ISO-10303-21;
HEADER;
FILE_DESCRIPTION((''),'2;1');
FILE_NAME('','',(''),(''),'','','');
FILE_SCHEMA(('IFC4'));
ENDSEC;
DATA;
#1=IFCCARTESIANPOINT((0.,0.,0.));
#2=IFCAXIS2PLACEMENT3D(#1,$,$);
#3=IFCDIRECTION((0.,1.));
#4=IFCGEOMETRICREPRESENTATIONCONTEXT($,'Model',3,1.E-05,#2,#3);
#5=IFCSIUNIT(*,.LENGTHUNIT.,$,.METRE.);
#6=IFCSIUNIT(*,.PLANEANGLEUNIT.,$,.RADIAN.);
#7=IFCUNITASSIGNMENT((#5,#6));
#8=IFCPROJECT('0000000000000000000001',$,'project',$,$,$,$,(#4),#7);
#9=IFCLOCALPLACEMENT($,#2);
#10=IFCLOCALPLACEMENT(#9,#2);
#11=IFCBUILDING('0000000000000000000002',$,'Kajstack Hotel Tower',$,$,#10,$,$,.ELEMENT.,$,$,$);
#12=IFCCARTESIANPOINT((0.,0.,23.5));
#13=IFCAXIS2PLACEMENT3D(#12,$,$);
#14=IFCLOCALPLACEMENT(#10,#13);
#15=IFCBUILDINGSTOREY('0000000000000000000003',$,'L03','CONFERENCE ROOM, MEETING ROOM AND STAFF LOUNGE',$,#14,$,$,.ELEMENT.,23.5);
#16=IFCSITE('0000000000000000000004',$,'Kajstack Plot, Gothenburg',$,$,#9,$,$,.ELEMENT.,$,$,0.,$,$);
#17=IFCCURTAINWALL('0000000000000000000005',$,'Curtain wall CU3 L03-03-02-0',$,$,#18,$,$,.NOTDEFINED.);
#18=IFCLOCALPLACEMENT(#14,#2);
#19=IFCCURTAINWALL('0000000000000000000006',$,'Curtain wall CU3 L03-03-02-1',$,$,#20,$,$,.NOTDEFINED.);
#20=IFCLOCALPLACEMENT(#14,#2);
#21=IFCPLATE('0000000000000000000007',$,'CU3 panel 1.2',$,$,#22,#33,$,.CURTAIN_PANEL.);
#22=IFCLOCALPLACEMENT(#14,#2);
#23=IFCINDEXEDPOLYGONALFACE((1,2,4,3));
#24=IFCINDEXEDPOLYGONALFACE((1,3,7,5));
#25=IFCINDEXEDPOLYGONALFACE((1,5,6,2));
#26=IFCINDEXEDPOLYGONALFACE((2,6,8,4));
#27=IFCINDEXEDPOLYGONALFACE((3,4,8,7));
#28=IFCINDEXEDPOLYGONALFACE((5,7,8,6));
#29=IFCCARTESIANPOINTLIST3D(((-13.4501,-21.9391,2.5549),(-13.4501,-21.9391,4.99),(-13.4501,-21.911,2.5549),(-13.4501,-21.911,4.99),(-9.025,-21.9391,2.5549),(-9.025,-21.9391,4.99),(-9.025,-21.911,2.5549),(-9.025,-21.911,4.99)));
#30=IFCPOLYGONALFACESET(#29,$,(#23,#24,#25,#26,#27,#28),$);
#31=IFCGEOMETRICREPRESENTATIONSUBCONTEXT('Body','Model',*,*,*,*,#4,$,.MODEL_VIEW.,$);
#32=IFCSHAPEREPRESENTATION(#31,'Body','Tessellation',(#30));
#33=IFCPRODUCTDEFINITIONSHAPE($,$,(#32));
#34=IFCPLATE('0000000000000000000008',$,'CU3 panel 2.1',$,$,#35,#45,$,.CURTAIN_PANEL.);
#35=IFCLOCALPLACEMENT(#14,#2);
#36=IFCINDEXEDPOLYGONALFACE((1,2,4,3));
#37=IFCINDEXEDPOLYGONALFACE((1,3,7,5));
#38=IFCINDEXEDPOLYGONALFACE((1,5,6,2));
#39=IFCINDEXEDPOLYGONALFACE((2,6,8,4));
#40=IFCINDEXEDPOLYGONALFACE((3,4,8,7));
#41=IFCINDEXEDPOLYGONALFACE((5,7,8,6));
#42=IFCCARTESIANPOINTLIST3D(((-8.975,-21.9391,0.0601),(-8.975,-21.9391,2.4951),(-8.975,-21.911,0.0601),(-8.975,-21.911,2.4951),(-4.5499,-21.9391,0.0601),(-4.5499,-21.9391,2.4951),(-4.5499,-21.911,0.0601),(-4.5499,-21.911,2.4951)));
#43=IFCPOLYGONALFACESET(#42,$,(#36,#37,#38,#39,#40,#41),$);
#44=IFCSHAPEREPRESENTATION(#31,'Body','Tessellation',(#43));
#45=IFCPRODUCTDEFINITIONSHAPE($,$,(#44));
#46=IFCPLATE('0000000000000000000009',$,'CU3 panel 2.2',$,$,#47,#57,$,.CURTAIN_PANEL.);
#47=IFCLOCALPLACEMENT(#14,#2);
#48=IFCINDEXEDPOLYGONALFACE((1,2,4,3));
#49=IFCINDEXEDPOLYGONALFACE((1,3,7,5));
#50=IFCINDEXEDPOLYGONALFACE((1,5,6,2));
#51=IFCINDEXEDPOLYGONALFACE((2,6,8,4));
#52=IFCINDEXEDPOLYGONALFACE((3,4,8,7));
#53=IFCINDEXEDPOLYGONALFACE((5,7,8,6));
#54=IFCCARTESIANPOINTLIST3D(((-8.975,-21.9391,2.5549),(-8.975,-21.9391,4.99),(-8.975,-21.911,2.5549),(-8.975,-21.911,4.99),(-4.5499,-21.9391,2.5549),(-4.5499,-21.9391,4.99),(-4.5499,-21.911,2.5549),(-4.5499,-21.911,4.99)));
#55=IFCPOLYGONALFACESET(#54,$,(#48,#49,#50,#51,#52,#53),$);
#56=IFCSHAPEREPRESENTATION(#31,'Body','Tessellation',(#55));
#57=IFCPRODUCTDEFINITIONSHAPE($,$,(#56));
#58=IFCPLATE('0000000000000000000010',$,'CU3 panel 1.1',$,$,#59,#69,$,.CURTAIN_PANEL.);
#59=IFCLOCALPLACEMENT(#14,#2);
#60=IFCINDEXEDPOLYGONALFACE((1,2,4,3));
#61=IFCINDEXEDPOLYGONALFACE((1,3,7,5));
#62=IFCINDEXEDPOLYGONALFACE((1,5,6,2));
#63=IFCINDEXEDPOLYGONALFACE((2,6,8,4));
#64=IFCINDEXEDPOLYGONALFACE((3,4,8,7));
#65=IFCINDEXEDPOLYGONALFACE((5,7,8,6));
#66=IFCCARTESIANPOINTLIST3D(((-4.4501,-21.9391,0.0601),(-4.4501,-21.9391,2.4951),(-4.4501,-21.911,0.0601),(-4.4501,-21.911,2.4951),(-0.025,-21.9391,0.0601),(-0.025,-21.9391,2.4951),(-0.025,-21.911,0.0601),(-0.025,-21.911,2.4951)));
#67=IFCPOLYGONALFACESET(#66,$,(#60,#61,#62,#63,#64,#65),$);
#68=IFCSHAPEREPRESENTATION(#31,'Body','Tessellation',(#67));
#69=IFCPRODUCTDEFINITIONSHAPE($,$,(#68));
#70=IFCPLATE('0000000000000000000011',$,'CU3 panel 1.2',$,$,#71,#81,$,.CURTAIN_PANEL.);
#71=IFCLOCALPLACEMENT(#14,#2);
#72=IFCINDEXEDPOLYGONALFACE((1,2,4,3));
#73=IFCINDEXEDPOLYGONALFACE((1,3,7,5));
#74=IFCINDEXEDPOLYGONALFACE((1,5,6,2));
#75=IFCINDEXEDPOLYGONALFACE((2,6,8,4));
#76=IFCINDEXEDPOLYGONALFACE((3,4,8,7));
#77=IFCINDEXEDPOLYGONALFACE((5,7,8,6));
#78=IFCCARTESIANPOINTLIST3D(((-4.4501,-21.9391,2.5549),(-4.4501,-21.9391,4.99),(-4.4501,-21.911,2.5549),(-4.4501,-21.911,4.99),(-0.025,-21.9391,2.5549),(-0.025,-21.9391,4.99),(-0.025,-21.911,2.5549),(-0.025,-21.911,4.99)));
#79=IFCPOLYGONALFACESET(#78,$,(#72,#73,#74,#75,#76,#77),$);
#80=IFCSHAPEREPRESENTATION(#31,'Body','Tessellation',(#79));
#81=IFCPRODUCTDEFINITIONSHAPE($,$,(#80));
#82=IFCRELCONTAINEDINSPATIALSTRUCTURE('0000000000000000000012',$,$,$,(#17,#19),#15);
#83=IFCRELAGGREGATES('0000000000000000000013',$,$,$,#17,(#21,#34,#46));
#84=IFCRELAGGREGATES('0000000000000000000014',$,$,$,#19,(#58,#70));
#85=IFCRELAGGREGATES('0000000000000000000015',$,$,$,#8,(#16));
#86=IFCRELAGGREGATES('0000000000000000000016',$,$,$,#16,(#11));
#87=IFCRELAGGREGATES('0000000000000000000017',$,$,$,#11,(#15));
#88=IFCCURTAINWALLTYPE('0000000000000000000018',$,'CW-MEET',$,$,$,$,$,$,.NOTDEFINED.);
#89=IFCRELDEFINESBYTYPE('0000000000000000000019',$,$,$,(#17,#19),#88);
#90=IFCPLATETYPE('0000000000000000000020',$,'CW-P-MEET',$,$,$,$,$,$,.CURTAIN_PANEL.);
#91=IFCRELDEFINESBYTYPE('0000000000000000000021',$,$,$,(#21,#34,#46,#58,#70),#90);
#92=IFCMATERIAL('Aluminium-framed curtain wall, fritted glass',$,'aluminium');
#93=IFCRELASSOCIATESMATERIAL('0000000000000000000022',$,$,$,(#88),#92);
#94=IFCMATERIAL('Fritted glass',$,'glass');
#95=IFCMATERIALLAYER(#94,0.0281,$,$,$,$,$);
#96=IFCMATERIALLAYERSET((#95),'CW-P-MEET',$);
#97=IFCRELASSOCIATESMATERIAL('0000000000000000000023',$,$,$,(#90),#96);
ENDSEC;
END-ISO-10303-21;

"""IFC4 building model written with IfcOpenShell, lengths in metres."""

from ifc_helpers import new_model, si_unit, direction, frame, origin, origin_2d, place, context, subcontext, project, spatial, rectangle, extrude, material, layer, layer_set, type_object, element, aggregate, save


model = new_model("IFC4")

# Units and contexts
model_context = context("Model", 3, precision=1e-05, world=origin(), true_north=direction((0.0, 1.0)))
body_context = subcontext(model_context, "Body", "Model", "MODEL_VIEW")
ifc_project = project(units=[si_unit("LENGTHUNIT", "METRE"), si_unit("PLANEANGLEUNIT", "RADIAN")], contexts=[model_context])

# Site, building, storey
site_placement = place(None, origin())
site = spatial("IfcSite", under=ifc_project, at=site_placement, Name="Kajstack Plot, Gothenburg", CompositionType="ELEMENT", RefElevation=0.0)
building_placement = place(site_placement, origin())
building = spatial("IfcBuilding", under=site, at=building_placement, Name="Kajstack Hotel Tower", CompositionType="ELEMENT")
storey_placement = place(building_placement, frame((0.0, 0.0, 23.5)))
storey = spatial("IfcBuildingStorey", under=building, at=storey_placement, Name="L03", Description="CONFERENCE ROOM, MEETING ROOM AND STAFF LOUNGE", CompositionType="ELEMENT", Elevation=23.5)

# Curtain wall
ifc_material_1 = material(Name="Aluminium-framed curtain wall, fritted glass", Category="aluminium")
curtain_wall_type = type_object("IfcCurtainWallType", Name="CW-MEET", PredefinedType="NOTDEFINED", material=ifc_material_1)
curtain_wall_1_placement = place(storey_placement, origin())
curtain_wall_1 = element("IfcCurtainWall", 1, at=curtain_wall_1_placement, inside=storey, type_object=curtain_wall_type, Name="Curtain wall CU3 L03-03-02-0", PredefinedType="NOTDEFINED")

# Curtain wall
curtain_wall_2_placement = place(storey_placement, origin())
curtain_wall_2 = element("IfcCurtainWall", 2, at=curtain_wall_2_placement, inside=storey, type_object=curtain_wall_type, Name="Curtain wall CU3 L03-03-02-1", PredefinedType="NOTDEFINED")

# Plates
ifc_material_2 = material(Name="Fritted glass", Category="glass")
ifc_layer = layer(ifc_material_2, 0.0281)
ifc_layer_set = layer_set([ifc_layer], Name="CW-P-MEET")
plate_type = type_object("IfcPlateType", Name="CW-P-MEET", PredefinedType="CURTAIN_PANEL", material=ifc_layer_set)
plate_1_placement = place(storey_placement, frame((-11.2375, -21.925, 2.5549), z_axis=(0.0, 0.0, 1.0), x_axis=(1.0, 0.0, 0.0)))
plate_1 = element("IfcPlate", 3, at=plate_1_placement, type_object=plate_type, Name="CU3 panel 1.2", PredefinedType="CURTAIN_PANEL", context=body_context, shape_type="SweptSolid", body=[
    extrude(rectangle(XDim=4.425, YDim=0.0281, at=origin_2d()), origin(), (0.0, 0.0, 1.0), 2.4351),
])
plate_2_placement = place(storey_placement, frame((-6.7625, -21.925, 0.0601), z_axis=(0.0, 0.0, 1.0), x_axis=(1.0, 0.0, 0.0)))
plate_2 = element("IfcPlate", 4, at=plate_2_placement, type_object=plate_type, Name="CU3 panel 2.1", PredefinedType="CURTAIN_PANEL", context=body_context, shape_type="SweptSolid", body=[
    extrude(rectangle(XDim=4.425, YDim=0.0281, at=origin_2d()), origin(), (0.0, 0.0, 1.0), 2.4351),
])
plate_3_placement = place(storey_placement, frame((-6.7625, -21.925, 2.5549), z_axis=(0.0, 0.0, 1.0), x_axis=(1.0, 0.0, 0.0)))
plate_3 = element("IfcPlate", 5, at=plate_3_placement, type_object=plate_type, Name="CU3 panel 2.2", PredefinedType="CURTAIN_PANEL", context=body_context, shape_type="SweptSolid", body=[
    extrude(rectangle(XDim=4.425, YDim=0.0281, at=origin_2d()), origin(), (0.0, 0.0, 1.0), 2.4351),
])
aggregate(curtain_wall_1, [plate_1, plate_2, plate_3])
plate_4_placement = place(storey_placement, frame((-2.2375, -21.925, 0.0601), z_axis=(0.0, 0.0, 1.0), x_axis=(1.0, 0.0, 0.0)))
plate_4 = element("IfcPlate", 6, at=plate_4_placement, type_object=plate_type, Name="CU3 panel 1.1", PredefinedType="CURTAIN_PANEL", context=body_context, shape_type="SweptSolid", body=[
    extrude(rectangle(XDim=4.425, YDim=0.0281, at=origin_2d()), origin(), (0.0, 0.0, 1.0), 2.4351),
])
plate_5_placement = place(storey_placement, frame((-2.2375, -21.925, 2.5549), z_axis=(0.0, 0.0, 1.0), x_axis=(1.0, 0.0, 0.0)))
plate_5 = element("IfcPlate", 7, at=plate_5_placement, type_object=plate_type, Name="CU3 panel 1.2", PredefinedType="CURTAIN_PANEL", context=body_context, shape_type="SweptSolid", body=[
    extrude(rectangle(XDim=4.425, YDim=0.0281, at=origin_2d()), origin(), (0.0, 0.0, 1.0), 2.4351),
])
aggregate(curtain_wall_2, [plate_4, plate_5])

save(model, "model.ifc")
